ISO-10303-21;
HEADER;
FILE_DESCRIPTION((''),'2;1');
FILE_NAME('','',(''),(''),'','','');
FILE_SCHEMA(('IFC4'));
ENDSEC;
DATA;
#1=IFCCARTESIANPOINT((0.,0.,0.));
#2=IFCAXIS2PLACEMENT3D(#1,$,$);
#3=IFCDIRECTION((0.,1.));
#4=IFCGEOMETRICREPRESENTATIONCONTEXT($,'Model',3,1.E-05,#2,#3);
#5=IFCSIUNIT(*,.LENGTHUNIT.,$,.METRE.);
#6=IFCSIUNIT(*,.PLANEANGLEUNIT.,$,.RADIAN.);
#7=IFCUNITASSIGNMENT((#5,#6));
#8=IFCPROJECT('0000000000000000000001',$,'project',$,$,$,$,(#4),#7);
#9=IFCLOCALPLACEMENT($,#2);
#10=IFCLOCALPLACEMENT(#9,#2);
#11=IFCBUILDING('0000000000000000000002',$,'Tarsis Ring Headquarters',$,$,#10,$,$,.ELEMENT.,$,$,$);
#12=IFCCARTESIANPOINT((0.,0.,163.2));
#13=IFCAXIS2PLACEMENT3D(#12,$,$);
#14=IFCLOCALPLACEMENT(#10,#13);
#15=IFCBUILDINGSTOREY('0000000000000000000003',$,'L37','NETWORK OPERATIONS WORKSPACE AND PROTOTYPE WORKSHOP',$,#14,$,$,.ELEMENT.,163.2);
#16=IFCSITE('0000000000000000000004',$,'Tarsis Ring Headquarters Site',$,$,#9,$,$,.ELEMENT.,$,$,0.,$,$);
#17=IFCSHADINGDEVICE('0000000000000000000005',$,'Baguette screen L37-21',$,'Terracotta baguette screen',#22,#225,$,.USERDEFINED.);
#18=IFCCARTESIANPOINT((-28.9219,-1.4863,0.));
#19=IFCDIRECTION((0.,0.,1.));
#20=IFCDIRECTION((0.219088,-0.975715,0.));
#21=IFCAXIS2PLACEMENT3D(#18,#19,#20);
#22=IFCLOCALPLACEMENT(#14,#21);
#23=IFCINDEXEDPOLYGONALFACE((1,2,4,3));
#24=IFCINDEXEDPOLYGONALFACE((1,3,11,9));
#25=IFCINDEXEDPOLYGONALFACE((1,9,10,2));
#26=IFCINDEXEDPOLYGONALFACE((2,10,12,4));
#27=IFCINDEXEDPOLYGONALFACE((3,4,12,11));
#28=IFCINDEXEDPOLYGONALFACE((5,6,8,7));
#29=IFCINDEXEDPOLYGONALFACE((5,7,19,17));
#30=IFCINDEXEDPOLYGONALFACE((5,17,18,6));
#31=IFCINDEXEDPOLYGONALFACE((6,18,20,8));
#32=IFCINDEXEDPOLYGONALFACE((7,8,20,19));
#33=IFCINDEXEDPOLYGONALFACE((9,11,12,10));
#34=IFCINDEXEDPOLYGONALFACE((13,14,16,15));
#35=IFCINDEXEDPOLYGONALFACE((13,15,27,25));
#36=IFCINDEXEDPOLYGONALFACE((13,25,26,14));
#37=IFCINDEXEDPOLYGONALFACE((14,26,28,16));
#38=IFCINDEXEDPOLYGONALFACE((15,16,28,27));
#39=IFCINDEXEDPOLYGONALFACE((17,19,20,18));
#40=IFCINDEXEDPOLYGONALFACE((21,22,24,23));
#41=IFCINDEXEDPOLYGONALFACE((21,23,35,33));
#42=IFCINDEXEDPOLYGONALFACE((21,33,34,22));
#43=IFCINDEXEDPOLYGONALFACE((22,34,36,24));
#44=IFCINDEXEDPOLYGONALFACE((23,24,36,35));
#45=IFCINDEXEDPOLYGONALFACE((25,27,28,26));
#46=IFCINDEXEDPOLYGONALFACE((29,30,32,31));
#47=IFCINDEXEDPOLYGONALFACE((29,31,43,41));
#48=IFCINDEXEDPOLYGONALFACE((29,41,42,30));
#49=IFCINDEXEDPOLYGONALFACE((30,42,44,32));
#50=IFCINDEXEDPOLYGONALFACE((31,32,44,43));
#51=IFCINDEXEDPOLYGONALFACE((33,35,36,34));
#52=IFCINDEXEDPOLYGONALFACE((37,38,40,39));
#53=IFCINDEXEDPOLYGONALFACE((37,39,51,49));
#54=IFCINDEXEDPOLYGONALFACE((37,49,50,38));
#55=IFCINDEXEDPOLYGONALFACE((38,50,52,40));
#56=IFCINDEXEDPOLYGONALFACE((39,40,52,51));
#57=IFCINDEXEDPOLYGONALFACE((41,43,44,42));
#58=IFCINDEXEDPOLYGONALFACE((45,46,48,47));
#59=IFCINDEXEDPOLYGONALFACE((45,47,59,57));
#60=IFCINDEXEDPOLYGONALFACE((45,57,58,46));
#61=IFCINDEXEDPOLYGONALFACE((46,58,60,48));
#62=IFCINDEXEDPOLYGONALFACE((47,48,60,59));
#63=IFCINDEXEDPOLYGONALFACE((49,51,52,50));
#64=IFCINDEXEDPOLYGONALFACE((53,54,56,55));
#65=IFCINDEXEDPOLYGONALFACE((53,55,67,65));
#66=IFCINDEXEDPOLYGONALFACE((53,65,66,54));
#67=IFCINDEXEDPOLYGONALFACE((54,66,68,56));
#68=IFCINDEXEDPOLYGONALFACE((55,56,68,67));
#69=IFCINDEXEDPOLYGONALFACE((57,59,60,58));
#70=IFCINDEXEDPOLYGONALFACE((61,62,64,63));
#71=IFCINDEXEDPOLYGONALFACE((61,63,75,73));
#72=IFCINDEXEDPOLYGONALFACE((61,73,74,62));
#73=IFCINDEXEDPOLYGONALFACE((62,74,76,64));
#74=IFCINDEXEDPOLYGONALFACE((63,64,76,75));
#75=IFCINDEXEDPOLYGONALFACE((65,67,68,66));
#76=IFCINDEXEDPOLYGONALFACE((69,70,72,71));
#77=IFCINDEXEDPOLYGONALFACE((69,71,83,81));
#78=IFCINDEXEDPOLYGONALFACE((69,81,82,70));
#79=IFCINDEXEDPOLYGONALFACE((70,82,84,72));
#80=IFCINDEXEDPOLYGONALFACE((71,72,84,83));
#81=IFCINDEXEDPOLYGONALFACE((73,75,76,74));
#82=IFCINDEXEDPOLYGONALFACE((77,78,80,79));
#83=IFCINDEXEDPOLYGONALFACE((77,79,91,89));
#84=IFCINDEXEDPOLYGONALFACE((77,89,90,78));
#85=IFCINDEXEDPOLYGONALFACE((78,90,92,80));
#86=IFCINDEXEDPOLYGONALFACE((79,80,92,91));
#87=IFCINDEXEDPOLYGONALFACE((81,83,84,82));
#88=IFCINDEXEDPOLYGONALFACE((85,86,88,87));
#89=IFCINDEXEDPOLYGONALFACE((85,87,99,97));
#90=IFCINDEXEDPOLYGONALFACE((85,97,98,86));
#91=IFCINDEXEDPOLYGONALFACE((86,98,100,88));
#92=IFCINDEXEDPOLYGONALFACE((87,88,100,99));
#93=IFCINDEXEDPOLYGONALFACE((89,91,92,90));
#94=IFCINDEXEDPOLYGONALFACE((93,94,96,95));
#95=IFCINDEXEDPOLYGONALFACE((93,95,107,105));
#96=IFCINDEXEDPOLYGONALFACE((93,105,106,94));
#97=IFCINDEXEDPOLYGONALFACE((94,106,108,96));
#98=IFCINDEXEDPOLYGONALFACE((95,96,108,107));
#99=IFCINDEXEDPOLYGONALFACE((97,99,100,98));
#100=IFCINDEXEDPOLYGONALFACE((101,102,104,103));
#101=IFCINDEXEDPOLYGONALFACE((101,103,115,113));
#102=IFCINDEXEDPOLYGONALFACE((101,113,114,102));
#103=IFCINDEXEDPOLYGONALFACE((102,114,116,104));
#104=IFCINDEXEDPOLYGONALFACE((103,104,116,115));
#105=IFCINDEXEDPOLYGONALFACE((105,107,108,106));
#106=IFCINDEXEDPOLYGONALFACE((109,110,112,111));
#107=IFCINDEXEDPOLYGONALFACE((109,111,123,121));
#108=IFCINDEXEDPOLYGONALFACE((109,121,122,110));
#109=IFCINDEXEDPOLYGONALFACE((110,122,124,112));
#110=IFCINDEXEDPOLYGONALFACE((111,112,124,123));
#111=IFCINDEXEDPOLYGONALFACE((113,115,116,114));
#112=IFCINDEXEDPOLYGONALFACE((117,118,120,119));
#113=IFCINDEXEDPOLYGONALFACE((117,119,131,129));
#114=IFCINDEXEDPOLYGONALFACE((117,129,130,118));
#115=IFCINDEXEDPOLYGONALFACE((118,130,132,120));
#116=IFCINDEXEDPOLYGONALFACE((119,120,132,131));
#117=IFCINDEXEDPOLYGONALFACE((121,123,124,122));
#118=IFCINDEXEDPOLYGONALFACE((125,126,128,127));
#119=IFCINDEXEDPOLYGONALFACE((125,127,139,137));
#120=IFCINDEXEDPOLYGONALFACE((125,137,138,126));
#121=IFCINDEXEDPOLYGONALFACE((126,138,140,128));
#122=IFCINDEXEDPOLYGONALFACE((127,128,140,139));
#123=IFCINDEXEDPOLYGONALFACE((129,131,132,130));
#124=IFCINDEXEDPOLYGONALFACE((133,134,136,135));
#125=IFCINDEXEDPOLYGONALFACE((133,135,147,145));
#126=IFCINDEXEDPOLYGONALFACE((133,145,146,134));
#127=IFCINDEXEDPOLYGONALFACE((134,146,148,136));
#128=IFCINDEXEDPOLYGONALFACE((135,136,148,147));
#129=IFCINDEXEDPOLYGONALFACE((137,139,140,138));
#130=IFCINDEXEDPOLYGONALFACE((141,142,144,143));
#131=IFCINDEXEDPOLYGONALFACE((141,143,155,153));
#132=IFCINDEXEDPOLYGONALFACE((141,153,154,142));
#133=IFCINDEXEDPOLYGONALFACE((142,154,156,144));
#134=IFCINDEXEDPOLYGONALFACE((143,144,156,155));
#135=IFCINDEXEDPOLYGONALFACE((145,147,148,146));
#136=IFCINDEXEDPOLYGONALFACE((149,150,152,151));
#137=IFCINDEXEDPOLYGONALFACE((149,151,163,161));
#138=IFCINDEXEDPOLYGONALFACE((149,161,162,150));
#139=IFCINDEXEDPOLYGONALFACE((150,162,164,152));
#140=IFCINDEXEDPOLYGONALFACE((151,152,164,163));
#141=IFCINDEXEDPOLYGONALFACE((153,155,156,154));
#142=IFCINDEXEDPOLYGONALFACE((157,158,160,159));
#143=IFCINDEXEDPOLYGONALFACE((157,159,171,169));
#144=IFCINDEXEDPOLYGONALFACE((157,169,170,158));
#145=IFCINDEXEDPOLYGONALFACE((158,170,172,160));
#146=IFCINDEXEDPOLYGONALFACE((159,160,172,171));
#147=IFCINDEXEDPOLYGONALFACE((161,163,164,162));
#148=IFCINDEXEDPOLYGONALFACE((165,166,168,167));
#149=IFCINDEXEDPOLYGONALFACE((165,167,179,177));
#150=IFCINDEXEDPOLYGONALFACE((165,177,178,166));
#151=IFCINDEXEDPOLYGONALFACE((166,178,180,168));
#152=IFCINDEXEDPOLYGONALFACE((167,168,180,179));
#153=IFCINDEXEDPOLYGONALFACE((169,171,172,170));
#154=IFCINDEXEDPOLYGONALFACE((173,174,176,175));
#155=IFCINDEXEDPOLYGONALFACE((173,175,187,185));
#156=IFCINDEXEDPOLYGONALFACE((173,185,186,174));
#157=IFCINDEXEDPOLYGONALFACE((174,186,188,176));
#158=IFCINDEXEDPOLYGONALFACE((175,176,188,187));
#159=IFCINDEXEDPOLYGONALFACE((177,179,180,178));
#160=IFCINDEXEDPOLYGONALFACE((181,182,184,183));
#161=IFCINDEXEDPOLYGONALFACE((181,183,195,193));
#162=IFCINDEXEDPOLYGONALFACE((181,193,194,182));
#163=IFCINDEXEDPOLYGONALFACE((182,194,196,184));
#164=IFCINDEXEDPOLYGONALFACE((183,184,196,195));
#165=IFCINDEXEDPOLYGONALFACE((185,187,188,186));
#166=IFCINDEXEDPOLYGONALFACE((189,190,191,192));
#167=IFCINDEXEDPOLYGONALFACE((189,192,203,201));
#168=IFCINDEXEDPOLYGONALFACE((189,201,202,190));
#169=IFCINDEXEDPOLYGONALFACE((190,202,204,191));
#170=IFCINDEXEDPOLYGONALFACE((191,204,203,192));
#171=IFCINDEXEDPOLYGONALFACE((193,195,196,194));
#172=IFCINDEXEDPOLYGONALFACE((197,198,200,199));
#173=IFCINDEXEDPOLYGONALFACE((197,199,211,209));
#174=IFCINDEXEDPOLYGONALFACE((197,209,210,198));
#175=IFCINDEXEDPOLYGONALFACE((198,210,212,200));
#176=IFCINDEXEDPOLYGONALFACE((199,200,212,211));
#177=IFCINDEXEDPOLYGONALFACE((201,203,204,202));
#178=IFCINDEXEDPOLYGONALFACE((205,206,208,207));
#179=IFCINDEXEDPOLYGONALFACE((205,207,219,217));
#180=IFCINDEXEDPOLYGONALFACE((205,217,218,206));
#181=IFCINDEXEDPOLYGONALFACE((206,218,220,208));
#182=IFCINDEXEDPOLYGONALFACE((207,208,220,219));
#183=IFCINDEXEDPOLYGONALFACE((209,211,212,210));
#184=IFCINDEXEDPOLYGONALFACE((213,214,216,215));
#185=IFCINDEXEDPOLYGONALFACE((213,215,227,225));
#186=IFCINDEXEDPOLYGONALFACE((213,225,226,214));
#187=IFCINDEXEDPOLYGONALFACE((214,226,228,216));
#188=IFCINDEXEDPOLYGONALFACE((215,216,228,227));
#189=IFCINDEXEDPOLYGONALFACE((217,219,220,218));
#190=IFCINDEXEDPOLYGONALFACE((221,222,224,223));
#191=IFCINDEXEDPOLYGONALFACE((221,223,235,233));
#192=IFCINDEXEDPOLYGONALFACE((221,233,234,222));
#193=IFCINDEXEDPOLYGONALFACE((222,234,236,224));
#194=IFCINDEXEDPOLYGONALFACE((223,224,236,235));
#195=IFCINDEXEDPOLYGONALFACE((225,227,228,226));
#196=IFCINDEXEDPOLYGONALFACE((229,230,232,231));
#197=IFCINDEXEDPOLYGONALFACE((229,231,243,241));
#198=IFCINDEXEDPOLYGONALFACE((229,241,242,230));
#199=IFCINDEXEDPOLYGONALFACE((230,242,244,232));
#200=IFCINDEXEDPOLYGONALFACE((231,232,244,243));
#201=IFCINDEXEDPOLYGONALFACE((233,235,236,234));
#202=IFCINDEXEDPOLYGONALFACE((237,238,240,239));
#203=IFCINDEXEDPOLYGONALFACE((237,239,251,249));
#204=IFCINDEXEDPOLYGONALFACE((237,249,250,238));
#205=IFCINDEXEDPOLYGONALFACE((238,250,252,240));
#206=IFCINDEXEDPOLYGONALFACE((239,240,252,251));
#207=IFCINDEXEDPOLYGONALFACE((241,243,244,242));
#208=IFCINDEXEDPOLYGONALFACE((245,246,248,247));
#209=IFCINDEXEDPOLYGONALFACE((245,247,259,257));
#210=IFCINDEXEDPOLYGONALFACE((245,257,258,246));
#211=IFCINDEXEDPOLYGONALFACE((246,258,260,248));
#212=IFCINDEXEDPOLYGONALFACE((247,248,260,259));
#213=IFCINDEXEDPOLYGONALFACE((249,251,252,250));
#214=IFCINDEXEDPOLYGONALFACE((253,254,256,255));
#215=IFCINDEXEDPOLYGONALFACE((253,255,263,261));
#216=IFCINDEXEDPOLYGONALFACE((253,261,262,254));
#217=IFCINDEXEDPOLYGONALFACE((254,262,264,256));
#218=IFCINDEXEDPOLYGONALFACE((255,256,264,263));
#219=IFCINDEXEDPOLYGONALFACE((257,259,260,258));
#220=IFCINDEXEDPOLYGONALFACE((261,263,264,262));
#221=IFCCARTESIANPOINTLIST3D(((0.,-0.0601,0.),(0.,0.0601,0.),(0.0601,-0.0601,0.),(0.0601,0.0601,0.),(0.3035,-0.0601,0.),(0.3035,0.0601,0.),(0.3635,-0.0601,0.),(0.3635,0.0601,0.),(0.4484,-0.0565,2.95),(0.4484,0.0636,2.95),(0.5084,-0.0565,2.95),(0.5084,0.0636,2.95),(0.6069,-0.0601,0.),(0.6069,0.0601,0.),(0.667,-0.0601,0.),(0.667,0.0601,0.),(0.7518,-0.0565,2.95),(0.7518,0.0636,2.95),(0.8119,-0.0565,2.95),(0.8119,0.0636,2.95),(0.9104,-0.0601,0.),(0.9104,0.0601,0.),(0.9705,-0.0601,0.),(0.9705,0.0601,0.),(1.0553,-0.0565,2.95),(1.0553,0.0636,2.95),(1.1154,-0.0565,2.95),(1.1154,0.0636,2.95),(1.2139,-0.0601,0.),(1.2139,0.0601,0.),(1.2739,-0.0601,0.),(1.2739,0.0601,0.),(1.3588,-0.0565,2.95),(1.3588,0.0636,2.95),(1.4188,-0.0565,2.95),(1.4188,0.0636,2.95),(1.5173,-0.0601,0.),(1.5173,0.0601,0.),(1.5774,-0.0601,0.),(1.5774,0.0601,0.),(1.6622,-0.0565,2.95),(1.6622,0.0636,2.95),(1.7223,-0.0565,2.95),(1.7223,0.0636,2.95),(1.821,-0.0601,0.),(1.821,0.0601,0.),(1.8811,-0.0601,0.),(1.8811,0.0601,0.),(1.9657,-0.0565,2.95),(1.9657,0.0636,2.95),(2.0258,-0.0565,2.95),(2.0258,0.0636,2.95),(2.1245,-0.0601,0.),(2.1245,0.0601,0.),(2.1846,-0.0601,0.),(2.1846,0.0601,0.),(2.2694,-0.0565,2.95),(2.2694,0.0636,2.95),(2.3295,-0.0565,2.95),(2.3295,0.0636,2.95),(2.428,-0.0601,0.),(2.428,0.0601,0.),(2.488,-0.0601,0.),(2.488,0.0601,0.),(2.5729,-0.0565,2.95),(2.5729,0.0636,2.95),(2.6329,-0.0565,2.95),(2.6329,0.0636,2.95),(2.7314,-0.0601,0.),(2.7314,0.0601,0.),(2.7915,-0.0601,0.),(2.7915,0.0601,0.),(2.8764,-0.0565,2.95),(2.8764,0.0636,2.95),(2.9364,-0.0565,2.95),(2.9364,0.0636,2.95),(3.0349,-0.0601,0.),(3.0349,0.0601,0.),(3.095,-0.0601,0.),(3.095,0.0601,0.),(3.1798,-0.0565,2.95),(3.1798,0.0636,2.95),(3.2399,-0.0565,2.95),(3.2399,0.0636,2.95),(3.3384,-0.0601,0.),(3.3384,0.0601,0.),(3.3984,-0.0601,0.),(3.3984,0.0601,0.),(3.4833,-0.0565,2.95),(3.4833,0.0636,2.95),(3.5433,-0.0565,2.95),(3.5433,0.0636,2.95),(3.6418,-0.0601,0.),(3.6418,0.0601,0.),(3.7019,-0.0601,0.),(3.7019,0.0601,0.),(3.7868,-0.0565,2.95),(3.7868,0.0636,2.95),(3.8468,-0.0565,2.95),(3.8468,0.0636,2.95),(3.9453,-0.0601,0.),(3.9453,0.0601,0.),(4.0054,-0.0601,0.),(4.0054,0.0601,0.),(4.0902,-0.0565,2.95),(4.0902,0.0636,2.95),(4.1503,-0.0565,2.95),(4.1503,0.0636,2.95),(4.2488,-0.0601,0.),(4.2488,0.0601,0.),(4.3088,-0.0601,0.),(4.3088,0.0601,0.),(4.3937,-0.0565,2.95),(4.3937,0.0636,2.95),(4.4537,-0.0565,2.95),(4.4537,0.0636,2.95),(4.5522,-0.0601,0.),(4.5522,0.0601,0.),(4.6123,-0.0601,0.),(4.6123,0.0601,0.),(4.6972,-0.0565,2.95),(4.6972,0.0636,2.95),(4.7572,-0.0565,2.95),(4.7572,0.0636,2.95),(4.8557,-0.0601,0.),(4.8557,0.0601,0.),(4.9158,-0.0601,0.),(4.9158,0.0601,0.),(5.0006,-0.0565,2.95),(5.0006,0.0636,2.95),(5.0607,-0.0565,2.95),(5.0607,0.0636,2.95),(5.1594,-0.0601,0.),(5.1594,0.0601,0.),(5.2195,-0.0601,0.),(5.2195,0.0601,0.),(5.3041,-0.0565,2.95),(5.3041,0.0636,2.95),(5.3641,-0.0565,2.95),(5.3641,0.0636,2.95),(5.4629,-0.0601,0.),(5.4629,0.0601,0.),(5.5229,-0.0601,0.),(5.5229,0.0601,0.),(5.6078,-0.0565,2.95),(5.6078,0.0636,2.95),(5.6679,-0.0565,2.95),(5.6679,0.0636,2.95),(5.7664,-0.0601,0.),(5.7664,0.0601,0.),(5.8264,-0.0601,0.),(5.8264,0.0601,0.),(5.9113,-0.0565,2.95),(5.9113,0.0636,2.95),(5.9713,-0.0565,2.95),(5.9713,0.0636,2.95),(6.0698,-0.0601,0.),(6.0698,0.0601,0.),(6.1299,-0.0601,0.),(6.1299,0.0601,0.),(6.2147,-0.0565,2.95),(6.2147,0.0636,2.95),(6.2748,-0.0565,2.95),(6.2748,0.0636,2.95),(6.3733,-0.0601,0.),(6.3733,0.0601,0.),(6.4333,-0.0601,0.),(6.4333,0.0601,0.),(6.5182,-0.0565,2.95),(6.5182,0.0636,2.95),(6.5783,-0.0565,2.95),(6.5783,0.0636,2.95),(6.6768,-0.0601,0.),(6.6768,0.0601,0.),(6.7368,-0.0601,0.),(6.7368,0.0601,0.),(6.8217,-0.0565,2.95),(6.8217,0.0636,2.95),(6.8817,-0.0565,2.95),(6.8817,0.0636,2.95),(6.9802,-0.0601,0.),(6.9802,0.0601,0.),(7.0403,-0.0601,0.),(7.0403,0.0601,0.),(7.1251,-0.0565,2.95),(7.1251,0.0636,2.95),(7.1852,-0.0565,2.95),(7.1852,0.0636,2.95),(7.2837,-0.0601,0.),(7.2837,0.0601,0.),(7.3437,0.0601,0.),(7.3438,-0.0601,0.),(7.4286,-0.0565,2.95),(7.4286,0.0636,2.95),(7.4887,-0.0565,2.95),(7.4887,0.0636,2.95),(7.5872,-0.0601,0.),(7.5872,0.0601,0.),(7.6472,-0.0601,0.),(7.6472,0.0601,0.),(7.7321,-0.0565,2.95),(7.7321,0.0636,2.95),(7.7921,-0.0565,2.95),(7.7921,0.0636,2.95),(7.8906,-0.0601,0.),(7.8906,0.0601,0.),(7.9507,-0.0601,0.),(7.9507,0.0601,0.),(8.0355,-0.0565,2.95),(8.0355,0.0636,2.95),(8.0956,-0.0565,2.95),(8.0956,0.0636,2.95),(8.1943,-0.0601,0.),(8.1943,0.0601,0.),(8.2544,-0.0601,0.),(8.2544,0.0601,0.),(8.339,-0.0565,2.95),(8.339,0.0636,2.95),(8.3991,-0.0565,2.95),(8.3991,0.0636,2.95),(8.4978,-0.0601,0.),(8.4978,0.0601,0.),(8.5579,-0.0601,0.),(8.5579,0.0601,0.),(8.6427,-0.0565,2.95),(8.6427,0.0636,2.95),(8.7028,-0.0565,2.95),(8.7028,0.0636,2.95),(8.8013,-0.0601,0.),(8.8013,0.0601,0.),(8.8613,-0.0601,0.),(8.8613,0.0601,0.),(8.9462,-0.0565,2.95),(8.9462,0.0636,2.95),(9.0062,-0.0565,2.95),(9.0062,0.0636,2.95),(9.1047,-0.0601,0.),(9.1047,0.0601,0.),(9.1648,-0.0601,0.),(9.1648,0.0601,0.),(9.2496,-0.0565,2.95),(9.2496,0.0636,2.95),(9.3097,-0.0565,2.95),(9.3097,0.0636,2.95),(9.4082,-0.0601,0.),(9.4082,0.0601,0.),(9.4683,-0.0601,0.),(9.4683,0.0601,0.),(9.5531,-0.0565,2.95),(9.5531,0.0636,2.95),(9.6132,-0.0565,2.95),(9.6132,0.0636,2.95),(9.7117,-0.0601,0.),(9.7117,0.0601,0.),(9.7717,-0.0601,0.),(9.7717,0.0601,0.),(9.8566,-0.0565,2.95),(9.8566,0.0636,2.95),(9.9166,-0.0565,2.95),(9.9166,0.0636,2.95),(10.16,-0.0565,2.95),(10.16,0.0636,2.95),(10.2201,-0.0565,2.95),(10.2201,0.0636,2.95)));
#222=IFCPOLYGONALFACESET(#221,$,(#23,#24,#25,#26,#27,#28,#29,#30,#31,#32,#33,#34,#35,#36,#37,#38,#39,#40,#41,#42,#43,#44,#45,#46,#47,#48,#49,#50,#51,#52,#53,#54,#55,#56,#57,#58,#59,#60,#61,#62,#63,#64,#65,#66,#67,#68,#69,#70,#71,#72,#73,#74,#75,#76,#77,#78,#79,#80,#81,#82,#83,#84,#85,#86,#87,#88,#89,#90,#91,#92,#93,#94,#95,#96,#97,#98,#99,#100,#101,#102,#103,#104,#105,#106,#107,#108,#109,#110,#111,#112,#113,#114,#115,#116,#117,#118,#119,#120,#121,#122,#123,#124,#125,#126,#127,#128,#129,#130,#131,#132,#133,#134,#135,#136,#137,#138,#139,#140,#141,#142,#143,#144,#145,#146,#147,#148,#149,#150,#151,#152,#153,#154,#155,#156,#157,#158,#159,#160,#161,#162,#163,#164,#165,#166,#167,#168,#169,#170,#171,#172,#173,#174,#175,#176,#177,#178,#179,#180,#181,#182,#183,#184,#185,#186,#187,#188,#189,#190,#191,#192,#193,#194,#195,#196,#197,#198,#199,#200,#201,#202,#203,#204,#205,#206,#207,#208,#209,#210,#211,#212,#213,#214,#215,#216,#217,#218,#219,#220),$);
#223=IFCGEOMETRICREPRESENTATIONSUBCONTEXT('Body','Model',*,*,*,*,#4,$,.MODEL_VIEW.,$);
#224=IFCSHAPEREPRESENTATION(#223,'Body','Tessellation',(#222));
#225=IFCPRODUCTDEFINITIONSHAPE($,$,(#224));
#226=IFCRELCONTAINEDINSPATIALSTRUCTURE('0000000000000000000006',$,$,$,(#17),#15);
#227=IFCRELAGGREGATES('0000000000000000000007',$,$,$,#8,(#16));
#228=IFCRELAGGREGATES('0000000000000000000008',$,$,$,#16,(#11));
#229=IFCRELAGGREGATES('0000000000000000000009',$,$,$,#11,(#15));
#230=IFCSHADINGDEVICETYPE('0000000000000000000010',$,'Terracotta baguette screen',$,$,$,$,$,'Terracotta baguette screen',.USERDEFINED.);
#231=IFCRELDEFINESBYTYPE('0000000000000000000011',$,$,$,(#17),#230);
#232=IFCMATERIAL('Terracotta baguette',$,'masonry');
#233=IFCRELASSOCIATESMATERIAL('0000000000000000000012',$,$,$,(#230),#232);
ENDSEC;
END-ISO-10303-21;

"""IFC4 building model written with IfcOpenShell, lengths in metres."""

from ifc_helpers import new_model, si_unit, direction, frame, frame_2d, origin, place, context, subcontext, project, spatial, rectangle, composite_profile, extrude, material, type_object, element, save


model = new_model("IFC4")

# Units and contexts
model_context = context("Model", 3, precision=1e-05, world=origin(), true_north=direction((0.0, 1.0)))
body_context = subcontext(model_context, "Body", "Model", "MODEL_VIEW")
ifc_project = project(units=[si_unit("LENGTHUNIT", "METRE"), si_unit("PLANEANGLEUNIT", "RADIAN")], contexts=[model_context])

# Site, building, storey
site_placement = place(None, origin())
site = spatial("IfcSite", under=ifc_project, at=site_placement, Name="Tarsis Ring Headquarters Site", CompositionType="ELEMENT", RefElevation=0.0)
building_placement = place(site_placement, origin())
building = spatial("IfcBuilding", under=site, at=building_placement, Name="Tarsis Ring Headquarters", CompositionType="ELEMENT")
storey_placement = place(building_placement, frame((0.0, 0.0, 163.2)))
storey = spatial("IfcBuildingStorey", under=building, at=storey_placement, Name="L37", Description="NETWORK OPERATIONS WORKSPACE AND PROTOTYPE WORKSHOP", CompositionType="ELEMENT", Elevation=163.2)

# Shading device
ifc_material_1 = material(Name="Terracotta baguette", Category="masonry")
shading_device_type = type_object("IfcShadingDeviceType", Name="Terracotta baguette screen", ElementType="Terracotta baguette screen", PredefinedType="USERDEFINED", material=ifc_material_1)
shading_device_1_placement = place(storey_placement, frame((-28.9219, -1.4863, 0.0), z_axis=(0.0, 0.0, 1.0), x_axis=(0.219088, -0.975715, 0.0)))
element("IfcShadingDevice", 1, at=shading_device_1_placement, inside=storey, type_object=shading_device_type, Name="Baguette screen L37-21", ObjectType="Terracotta baguette screen", PredefinedType="USERDEFINED", context=body_context, shape_type="SweptSolid", body=[
    extrude(composite_profile([rectangle(XDim=0.0601, YDim=0.1201, at=frame_2d((0.03, 0.0))), rectangle(XDim=0.0601, YDim=0.1201, at=frame_2d((0.3335, 0.0))), rectangle(XDim=0.0601, YDim=0.1201, at=frame_2d((0.637, 0.0))), rectangle(XDim=0.0601, YDim=0.1201, at=frame_2d((0.9404, 0.0))), rectangle(XDim=0.0601, YDim=0.1201, at=frame_2d((1.2439, 0.0))), rectangle(XDim=0.0601, YDim=0.1201, at=frame_2d((1.5474, 0.0))), rectangle(XDim=0.0601, YDim=0.1201, at=frame_2d((1.8511, 0.0))), rectangle(XDim=0.0601, YDim=0.1201, at=frame_2d((2.1545, 0.0))), rectangle(XDim=0.0601, YDim=0.1201, at=frame_2d((2.458, 0.0))), rectangle(XDim=0.0601, YDim=0.1201, at=frame_2d((2.7615, 0.0))), rectangle(XDim=0.0601, YDim=0.1201, at=frame_2d((3.0649, 0.0))), rectangle(XDim=0.0601, YDim=0.1201, at=frame_2d((3.3684, 0.0))), rectangle(XDim=0.0601, YDim=0.1201, at=frame_2d((3.6719, 0.0))), rectangle(XDim=0.0601, YDim=0.1201, at=frame_2d((3.9753, 0.0))), rectangle(XDim=0.0601, YDim=0.1201, at=frame_2d((4.2788, 0.0))), rectangle(XDim=0.0601, YDim=0.1201, at=frame_2d((4.5823, 0.0))), rectangle(XDim=0.0601, YDim=0.1201, at=frame_2d((4.8857, 0.0))), rectangle(XDim=0.0601, YDim=0.1201, at=frame_2d((5.1895, 0.0))), rectangle(XDim=0.0601, YDim=0.1201, at=frame_2d((5.4929, 0.0))), rectangle(XDim=0.0601, YDim=0.1201, at=frame_2d((5.7964, 0.0))), rectangle(XDim=0.0601, YDim=0.1201, at=frame_2d((6.0999, 0.0))), rectangle(XDim=0.0601, YDim=0.1201, at=frame_2d((6.4033, 0.0))), rectangle(XDim=0.0601, YDim=0.1201, at=frame_2d((6.7068, 0.0))), rectangle(XDim=0.0601, YDim=0.1201, at=frame_2d((7.0103, 0.0))), rectangle(XDim=0.0601, YDim=0.1201, at=frame_2d((7.3137, 0.0))), rectangle(XDim=0.0601, YDim=0.1201, at=frame_2d((7.6172, 0.0))), rectangle(XDim=0.0601, YDim=0.1201, at=frame_2d((7.9207, 0.0))), rectangle(XDim=0.0601, YDim=0.1201, at=frame_2d((8.2244, 0.0))), rectangle(XDim=0.0601, YDim=0.1201, at=frame_2d((8.5278, 0.0))), rectangle(XDim=0.0601, YDim=0.1201, at=frame_2d((8.8313, 0.0))), rectangle(XDim=0.0601, YDim=0.1201, at=frame_2d((9.1348, 0.0))), rectangle(XDim=0.0601, YDim=0.1201, at=frame_2d((9.4382, 0.0))), rectangle(XDim=0.0601, YDim=0.1201, at=frame_2d((9.7417, 0.0)))]), origin(), (0.150266, 0.00118, 0.988645), 2.9839),
])

save(model, "model.ifc")
